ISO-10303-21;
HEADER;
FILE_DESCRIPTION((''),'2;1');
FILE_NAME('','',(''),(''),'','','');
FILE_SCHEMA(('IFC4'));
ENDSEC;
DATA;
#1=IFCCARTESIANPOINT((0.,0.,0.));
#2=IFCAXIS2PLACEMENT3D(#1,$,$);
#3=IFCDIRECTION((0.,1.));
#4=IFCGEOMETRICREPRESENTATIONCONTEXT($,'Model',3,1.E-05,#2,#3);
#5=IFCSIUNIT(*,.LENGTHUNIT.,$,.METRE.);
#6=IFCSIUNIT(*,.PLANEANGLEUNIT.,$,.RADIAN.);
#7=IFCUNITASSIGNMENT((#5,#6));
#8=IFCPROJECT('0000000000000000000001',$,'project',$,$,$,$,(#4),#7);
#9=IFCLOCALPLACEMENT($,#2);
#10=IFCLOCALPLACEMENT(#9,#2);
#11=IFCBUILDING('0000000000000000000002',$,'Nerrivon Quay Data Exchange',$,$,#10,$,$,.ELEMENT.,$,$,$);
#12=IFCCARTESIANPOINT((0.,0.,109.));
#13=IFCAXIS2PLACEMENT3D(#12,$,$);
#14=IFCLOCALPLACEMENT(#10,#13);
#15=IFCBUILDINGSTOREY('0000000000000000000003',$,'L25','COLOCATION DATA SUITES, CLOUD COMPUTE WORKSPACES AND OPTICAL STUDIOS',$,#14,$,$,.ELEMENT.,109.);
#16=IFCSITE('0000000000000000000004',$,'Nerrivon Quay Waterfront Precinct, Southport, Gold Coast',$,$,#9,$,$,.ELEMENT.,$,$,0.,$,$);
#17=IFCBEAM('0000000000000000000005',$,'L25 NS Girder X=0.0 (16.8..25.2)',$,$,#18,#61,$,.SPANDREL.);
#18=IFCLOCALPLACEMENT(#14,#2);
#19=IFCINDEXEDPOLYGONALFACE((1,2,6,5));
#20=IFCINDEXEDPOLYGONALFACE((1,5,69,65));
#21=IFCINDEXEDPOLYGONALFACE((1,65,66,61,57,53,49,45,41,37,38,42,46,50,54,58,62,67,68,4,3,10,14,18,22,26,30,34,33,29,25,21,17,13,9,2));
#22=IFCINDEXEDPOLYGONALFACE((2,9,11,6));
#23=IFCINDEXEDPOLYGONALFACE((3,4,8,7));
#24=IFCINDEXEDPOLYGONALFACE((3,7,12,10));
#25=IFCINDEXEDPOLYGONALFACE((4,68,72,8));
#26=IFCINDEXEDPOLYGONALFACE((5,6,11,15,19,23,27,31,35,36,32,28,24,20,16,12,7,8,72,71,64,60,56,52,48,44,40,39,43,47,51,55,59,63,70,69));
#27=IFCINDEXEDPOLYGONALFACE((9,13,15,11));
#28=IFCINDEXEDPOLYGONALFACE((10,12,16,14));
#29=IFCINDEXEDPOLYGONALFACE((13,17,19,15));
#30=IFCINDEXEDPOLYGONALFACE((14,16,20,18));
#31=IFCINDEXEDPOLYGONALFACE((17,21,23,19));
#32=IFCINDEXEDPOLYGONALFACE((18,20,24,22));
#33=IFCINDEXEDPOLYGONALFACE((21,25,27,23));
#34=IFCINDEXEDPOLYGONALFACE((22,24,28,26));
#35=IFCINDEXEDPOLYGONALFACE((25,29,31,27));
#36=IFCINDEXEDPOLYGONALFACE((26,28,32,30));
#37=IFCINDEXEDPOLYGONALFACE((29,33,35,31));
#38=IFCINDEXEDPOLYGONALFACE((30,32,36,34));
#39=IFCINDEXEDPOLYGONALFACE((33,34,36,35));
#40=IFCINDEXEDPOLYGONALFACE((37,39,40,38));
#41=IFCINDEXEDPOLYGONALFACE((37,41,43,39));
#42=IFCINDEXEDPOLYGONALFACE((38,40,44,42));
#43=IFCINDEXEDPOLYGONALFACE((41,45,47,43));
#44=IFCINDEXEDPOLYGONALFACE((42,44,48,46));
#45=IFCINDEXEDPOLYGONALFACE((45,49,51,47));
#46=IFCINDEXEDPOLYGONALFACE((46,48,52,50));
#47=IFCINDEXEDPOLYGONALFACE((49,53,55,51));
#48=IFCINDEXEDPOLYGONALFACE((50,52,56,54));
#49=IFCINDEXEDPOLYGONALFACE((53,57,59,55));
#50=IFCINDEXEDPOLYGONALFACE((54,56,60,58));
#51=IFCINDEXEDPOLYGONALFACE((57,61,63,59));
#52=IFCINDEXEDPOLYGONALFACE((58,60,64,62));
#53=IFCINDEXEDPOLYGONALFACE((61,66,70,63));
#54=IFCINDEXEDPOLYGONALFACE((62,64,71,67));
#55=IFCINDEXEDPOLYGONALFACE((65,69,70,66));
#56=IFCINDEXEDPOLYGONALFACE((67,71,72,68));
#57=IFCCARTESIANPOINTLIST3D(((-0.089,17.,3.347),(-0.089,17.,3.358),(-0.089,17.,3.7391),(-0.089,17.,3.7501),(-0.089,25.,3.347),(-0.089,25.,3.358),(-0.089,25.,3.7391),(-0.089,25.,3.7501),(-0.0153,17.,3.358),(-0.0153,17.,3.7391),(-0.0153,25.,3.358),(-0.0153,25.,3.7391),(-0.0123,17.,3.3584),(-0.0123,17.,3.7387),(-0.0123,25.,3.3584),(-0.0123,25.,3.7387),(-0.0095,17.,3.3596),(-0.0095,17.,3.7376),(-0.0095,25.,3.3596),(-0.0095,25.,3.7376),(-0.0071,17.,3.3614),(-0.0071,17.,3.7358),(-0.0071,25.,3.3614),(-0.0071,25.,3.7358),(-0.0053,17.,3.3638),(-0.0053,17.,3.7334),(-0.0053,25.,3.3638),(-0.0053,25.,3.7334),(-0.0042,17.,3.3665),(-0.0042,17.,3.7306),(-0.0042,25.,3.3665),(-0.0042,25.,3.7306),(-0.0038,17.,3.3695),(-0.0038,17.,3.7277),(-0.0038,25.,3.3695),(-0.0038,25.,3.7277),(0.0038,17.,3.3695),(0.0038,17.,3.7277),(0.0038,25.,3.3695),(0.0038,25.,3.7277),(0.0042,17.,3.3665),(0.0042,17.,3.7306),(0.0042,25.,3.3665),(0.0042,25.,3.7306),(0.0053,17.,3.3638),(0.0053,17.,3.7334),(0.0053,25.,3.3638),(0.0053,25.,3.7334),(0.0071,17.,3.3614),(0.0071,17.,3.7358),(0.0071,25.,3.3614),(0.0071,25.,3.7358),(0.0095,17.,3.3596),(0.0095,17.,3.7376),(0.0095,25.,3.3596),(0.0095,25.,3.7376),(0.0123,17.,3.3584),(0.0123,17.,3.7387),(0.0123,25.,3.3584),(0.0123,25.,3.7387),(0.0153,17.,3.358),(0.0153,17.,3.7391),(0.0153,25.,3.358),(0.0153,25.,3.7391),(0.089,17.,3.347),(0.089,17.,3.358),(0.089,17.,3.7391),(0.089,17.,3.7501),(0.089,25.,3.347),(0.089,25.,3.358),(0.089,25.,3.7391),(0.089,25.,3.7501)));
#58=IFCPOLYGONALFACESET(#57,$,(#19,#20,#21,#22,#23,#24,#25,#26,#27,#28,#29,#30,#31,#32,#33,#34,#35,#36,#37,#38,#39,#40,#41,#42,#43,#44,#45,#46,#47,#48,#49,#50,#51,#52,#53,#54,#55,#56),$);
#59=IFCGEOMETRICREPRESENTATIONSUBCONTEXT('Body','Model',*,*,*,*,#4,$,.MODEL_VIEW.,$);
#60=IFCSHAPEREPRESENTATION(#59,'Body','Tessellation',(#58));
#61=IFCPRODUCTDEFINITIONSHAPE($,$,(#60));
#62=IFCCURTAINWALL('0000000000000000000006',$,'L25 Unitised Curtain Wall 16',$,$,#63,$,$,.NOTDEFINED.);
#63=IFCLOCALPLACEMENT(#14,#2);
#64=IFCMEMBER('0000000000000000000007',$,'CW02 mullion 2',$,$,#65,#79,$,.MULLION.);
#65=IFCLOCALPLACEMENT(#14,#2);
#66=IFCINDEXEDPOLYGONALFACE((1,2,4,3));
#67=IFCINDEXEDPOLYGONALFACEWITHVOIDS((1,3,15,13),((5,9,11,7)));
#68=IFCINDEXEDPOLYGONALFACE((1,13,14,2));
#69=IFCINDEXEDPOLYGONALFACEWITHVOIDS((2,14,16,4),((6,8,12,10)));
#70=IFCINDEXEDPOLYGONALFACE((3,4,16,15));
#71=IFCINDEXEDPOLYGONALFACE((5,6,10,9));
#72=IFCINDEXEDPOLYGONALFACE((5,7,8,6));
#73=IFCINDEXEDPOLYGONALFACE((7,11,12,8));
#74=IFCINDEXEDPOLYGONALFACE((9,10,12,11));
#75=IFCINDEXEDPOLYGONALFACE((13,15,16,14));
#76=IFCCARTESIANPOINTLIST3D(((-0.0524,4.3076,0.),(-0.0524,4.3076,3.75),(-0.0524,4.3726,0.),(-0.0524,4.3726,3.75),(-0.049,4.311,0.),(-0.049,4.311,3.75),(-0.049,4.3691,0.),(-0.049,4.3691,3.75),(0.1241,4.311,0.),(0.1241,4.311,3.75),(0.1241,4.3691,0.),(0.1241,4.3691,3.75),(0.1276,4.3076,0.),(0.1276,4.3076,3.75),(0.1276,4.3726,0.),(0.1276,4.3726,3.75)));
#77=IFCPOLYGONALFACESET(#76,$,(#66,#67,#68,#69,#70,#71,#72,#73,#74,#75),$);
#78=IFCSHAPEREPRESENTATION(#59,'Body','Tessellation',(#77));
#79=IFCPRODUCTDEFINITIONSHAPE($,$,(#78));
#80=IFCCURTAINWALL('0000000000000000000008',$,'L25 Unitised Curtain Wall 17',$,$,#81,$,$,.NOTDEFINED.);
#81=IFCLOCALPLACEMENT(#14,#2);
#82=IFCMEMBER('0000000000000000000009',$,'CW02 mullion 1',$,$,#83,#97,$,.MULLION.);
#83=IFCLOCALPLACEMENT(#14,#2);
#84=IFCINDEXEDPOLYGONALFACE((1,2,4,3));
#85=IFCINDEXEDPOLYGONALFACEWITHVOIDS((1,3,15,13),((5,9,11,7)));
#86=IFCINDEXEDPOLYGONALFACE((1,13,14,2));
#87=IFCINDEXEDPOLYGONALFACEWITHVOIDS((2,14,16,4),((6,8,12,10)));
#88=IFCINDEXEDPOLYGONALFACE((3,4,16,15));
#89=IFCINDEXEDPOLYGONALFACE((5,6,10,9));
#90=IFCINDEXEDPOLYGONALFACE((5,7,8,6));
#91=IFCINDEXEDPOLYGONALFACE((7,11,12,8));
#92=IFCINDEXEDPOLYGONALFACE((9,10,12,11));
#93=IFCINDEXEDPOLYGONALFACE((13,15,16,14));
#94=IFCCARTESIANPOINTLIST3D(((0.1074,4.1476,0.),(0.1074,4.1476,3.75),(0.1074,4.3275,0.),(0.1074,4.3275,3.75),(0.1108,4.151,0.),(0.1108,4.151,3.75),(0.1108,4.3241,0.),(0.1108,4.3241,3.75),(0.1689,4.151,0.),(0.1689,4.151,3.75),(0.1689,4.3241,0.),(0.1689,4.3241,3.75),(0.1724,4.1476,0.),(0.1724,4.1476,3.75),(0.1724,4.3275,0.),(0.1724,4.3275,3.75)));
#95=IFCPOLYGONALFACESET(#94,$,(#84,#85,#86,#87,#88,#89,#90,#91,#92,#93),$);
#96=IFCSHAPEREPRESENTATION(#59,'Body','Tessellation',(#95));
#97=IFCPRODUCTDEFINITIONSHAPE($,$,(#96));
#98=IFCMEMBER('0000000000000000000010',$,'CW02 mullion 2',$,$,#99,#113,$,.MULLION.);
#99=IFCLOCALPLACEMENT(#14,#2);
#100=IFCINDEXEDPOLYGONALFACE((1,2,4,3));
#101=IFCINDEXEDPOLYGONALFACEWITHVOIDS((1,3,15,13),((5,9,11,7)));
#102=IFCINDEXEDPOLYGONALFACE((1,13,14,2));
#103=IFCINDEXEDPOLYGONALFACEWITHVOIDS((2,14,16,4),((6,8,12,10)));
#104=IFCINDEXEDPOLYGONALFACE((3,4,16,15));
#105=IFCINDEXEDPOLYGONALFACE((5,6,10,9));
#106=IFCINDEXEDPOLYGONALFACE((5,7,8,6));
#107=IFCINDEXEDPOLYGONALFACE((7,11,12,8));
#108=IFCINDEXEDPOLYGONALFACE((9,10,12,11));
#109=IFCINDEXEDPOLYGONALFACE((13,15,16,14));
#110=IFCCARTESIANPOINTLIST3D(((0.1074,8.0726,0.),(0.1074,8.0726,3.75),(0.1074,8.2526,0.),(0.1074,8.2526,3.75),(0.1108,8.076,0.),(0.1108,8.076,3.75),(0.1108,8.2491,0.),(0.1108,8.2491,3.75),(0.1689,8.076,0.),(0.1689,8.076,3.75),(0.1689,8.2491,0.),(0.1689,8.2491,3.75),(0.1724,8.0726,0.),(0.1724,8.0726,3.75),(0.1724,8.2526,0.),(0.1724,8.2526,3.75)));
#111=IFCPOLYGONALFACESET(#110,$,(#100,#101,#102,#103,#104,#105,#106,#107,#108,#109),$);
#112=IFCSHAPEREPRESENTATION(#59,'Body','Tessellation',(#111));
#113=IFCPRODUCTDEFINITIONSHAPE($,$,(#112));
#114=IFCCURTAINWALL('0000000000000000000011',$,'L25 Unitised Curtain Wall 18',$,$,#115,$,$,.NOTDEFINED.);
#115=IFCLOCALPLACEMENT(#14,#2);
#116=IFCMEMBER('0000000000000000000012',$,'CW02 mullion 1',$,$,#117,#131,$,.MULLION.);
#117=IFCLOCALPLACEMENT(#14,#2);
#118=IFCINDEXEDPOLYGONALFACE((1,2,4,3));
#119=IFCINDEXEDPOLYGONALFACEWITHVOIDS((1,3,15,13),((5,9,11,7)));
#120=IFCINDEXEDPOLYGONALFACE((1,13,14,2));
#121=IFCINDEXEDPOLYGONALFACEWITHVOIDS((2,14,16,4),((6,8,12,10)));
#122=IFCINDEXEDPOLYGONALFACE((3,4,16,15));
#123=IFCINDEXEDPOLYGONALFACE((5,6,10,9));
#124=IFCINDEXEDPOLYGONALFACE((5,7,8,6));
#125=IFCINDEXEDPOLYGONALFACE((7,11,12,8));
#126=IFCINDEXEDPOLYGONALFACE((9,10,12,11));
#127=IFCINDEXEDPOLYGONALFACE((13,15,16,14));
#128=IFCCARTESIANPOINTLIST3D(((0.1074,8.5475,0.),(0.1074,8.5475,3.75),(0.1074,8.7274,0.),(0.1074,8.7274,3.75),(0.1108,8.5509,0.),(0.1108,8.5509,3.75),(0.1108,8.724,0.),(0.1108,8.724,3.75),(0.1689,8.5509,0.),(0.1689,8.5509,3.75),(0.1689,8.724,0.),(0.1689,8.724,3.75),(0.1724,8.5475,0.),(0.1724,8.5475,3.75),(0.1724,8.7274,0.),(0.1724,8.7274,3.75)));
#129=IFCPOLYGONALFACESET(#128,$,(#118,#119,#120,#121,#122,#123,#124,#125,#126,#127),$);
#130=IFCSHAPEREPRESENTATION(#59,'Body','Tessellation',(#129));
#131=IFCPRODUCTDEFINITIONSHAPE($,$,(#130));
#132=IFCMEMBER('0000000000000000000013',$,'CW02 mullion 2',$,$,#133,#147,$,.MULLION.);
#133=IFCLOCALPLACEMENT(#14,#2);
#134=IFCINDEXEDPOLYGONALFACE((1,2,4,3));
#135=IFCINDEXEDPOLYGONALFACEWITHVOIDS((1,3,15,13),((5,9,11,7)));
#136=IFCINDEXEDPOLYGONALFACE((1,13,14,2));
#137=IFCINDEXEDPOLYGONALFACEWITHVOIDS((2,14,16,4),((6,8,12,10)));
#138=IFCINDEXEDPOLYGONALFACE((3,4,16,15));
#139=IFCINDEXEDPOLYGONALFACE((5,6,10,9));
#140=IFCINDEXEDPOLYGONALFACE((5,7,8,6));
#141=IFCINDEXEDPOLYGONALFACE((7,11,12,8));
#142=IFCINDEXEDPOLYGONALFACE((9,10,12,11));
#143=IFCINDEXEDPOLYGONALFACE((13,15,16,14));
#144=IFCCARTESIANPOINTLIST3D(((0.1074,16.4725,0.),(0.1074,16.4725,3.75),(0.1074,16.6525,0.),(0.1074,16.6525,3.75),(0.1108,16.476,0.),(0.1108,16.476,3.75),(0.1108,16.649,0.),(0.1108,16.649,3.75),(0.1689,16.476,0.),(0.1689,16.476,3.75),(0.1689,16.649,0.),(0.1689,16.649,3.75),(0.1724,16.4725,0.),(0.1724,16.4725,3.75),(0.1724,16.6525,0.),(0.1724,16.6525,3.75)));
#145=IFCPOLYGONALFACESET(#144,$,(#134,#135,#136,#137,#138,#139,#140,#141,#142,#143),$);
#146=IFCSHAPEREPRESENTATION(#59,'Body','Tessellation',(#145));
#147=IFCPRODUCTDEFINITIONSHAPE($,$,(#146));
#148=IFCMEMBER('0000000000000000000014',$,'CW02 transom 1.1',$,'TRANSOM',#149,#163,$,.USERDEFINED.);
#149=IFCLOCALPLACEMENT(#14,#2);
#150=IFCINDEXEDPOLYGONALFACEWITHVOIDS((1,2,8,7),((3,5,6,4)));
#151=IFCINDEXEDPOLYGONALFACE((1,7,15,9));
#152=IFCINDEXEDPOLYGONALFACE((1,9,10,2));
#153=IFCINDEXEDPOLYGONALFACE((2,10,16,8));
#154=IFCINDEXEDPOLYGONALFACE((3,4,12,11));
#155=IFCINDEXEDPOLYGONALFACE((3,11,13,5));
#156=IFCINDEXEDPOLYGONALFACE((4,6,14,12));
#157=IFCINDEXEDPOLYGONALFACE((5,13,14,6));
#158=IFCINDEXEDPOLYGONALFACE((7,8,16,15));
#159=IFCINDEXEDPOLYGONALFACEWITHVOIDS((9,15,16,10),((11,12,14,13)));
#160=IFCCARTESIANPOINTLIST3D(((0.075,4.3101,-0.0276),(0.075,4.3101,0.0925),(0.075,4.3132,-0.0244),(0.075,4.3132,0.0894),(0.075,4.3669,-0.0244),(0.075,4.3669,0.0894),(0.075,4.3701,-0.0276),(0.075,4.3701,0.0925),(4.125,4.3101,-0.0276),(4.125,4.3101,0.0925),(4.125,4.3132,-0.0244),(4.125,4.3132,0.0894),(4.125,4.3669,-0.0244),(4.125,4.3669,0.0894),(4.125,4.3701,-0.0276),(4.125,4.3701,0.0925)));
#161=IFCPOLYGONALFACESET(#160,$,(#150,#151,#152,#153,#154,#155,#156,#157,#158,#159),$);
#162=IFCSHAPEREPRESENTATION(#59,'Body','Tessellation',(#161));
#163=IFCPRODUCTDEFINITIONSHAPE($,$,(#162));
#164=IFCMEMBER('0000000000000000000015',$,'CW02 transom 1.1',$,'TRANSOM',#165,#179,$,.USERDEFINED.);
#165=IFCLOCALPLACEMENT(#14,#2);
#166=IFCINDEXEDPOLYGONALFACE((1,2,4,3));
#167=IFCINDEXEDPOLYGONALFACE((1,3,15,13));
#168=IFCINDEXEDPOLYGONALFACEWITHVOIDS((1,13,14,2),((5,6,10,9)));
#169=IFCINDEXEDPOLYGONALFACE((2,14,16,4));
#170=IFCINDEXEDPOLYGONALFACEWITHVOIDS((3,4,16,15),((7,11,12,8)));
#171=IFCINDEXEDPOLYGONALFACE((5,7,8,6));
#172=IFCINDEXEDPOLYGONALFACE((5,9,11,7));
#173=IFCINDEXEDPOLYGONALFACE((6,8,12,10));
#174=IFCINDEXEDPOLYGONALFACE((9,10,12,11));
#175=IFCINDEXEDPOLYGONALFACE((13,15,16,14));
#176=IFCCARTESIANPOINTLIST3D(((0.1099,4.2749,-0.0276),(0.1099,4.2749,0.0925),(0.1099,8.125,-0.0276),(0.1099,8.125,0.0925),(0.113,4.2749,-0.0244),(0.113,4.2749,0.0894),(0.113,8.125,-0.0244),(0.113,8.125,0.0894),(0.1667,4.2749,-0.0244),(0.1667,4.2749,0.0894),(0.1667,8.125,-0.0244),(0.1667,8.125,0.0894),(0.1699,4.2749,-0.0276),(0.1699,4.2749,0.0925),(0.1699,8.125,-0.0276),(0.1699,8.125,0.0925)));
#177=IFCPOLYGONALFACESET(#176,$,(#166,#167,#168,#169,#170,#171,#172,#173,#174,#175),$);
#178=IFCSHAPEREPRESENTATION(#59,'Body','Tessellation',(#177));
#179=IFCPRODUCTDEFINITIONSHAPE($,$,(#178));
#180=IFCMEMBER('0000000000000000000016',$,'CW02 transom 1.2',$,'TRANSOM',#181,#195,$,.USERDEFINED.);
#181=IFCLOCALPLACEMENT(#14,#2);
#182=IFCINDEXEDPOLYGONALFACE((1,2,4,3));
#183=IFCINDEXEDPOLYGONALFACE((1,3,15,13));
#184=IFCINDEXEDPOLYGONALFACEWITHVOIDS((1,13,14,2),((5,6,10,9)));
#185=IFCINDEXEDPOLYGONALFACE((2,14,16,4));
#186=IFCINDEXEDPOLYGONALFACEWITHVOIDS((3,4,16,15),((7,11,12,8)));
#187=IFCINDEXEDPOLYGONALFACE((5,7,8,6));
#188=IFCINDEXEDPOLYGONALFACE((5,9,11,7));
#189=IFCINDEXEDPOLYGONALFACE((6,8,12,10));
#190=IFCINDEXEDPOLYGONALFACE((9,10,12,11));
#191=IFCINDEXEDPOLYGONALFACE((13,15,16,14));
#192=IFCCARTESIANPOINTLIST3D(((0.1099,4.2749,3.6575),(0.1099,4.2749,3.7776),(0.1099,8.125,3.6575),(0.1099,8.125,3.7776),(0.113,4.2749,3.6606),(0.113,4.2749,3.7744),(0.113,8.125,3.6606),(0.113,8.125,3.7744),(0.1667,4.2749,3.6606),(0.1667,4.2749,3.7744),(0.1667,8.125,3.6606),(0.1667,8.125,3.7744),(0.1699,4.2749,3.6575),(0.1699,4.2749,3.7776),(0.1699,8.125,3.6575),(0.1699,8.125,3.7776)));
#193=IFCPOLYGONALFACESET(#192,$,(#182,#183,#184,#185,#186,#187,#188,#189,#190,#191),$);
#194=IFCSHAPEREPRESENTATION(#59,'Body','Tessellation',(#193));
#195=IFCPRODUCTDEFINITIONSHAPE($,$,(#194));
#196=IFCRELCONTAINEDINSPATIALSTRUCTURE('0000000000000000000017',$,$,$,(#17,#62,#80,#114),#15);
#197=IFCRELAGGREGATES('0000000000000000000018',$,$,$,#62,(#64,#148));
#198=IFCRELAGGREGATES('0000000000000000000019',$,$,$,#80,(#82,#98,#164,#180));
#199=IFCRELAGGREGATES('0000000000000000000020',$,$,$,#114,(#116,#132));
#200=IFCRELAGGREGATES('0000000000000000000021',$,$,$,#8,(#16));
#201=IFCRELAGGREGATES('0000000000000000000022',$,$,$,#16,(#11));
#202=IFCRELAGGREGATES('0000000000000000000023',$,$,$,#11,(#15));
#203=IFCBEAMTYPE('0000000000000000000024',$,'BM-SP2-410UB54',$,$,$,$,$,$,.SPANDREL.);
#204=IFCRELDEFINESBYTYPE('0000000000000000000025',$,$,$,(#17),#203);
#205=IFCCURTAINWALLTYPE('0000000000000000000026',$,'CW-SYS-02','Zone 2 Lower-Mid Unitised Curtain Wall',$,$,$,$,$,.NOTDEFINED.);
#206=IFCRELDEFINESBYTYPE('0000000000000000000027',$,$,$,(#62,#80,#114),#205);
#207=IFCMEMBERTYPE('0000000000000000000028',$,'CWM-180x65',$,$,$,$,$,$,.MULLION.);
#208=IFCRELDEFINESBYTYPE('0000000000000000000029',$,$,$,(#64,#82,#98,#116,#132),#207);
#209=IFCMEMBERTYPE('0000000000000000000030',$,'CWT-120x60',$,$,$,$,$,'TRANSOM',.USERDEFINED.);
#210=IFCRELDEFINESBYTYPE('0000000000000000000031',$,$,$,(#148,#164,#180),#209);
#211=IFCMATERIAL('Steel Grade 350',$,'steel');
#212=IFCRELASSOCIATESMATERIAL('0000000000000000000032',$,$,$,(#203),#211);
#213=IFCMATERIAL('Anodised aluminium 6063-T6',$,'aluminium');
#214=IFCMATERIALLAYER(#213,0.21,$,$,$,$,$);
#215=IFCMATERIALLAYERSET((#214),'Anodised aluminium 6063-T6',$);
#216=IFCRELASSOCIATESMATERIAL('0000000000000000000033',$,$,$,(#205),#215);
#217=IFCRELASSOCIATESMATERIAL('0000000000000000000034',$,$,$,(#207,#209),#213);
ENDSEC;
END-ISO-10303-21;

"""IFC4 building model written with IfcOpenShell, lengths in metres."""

from ifc_helpers import new_model, si_unit, direction, frame, origin, origin_2d, place, context, subcontext, project, spatial, hollow_rectangle, i_section, extrude, material, layer, layer_set, material_profile, profile_set, type_object, element, aggregate, save


model = new_model("IFC4")

# Units and contexts
model_context = context("Model", 3, precision=1e-05, world=origin(), true_north=direction((0.0, 1.0)))
body_context = subcontext(model_context, "Body", "Model", "MODEL_VIEW")
ifc_project = project(units=[si_unit("LENGTHUNIT", "METRE"), si_unit("PLANEANGLEUNIT", "RADIAN")], contexts=[model_context])

# Site, building, storey
site_placement = place(None, origin())
site = spatial("IfcSite", under=ifc_project, at=site_placement, Name="Nerrivon Quay Waterfront Precinct, Southport, Gold Coast", CompositionType="ELEMENT", RefElevation=0.0)
building_placement = place(site_placement, origin())
building = spatial("IfcBuilding", under=site, at=building_placement, Name="Nerrivon Quay Data Exchange", CompositionType="ELEMENT")
storey_placement = place(building_placement, frame((0.0, 0.0, 109.0)))
storey = spatial("IfcBuildingStorey", under=building, at=storey_placement, Name="L25", Description="COLOCATION DATA SUITES, CLOUD COMPUTE WORKSPACES AND OPTICAL STUDIOS", CompositionType="ELEMENT", Elevation=109.0)

# Shared definitions
ifc_material_1 = material(Name="Steel Grade 350", Category="steel")

# Beam
ifc_material_profile_1 = material_profile(ifc_material_1, i_section(OverallWidth=0.178, OverallDepth=0.4031, WebThickness=0.0076, FlangeThickness=0.011, FilletRadius=0.0115, at=origin_2d()), Name="410UB53.7")
ifc_profile_set_1 = profile_set([ifc_material_profile_1], Name="Steel Grade 350")
beam_type_1 = type_object("IfcBeamType", Name="BM-SP2-410UB54", PredefinedType="SPANDREL", material=ifc_profile_set_1)
for number, where, z_axis, x_axis, name in (
    (1, (0.0, 17.0, 3.5486), (0.0, 1.0, 0.0), (-1.0, 0.0, 0.0), "L25 NS Girder X=0.0 (16.8..25.2)"),
):
    element("IfcBeam", number, at=place(storey_placement, frame(where, z_axis=z_axis, x_axis=x_axis)), inside=storey, type_object=beam_type_1, Name=name, PredefinedType="SPANDREL", context=body_context, shape_type="SweptSolid", body=[
        extrude(i_section(OverallWidth=0.178, OverallDepth=0.4031, WebThickness=0.0076, FlangeThickness=0.011, FilletRadius=0.0115, at=origin_2d()), origin(), (0.0, 0.0, 1.0), 8.0),
    ])

# Curtain wall, member
ifc_material_2 = material(Name="Anodised aluminium 6063-T6", Category="aluminium")
ifc_layer_1 = layer(ifc_material_2, 0.21)
ifc_layer_set_1 = layer_set([ifc_layer_1], Name="Anodised aluminium 6063-T6")
curtain_wall_type = type_object("IfcCurtainWallType", Name="CW-SYS-02", Description="Zone 2 Lower-Mid Unitised Curtain Wall", PredefinedType="NOTDEFINED", material=ifc_layer_set_1)
curtain_wall_1_placement = place(storey_placement, origin())
curtain_wall_1 = element("IfcCurtainWall", 2, at=curtain_wall_1_placement, inside=storey, type_object=curtain_wall_type, Name="L25 Unitised Curtain Wall 16", PredefinedType="NOTDEFINED")
ifc_material_profile_2 = material_profile(ifc_material_2, hollow_rectangle(XDim=0.0649, YDim=0.1799, WallThickness=0.0034, at=origin_2d()), Name="ALU-MULL-180x65")
ifc_profile_set_2 = profile_set([ifc_material_profile_2], Name="Anodised aluminium 6063-T6")
member_type_1 = type_object("IfcMemberType", Name="CWM-180x65", PredefinedType="MULLION", material=ifc_profile_set_2)
member_1_placement = place(storey_placement, frame((0.0376, 4.3401, 0.0), z_axis=(0.0, 0.0, 1.0), x_axis=(0.0, -1.0, 0.0)))
member_1 = element("IfcMember", 3, at=member_1_placement, type_object=member_type_1, Name="CW02 mullion 2", PredefinedType="MULLION", context=body_context, shape_type="SweptSolid", body=[
    extrude(hollow_rectangle(XDim=0.0649, YDim=0.1799, WallThickness=0.0034, at=origin_2d()), origin(), (0.0, 0.0, 1.0), 3.75),
])

# Curtain walls, members
curtain_wall_2_placement = place(storey_placement, origin())
curtain_wall_2 = element("IfcCurtainWall", 4, at=curtain_wall_2_placement, inside=storey, type_object=curtain_wall_type, Name="L25 Unitised Curtain Wall 17", PredefinedType="NOTDEFINED")
member_2_placement = place(storey_placement, frame((0.1399, 4.2375, 0.0), z_axis=(0.0, 0.0, 1.0), x_axis=(-1.0, 0.0, 0.0)))
member_2 = element("IfcMember", 5, at=member_2_placement, type_object=member_type_1, Name="CW02 mullion 1", PredefinedType="MULLION", context=body_context, shape_type="SweptSolid", body=[
    extrude(hollow_rectangle(XDim=0.0649, YDim=0.1799, WallThickness=0.0034, at=origin_2d()), origin(), (0.0, 0.0, 1.0), 3.75),
])
member_3_placement = place(storey_placement, frame((0.1399, 8.1626, 0.0), z_axis=(0.0, 0.0, 1.0), x_axis=(-1.0, 0.0, 0.0)))
member_3 = element("IfcMember", 6, at=member_3_placement, type_object=member_type_1, Name="CW02 mullion 2", PredefinedType="MULLION", context=body_context, shape_type="SweptSolid", body=[
    extrude(hollow_rectangle(XDim=0.0649, YDim=0.1799, WallThickness=0.0034, at=origin_2d()), origin(), (0.0, 0.0, 1.0), 3.75),
])
curtain_wall_3_placement = place(storey_placement, origin())
curtain_wall_3 = element("IfcCurtainWall", 7, at=curtain_wall_3_placement, inside=storey, type_object=curtain_wall_type, Name="L25 Unitised Curtain Wall 18", PredefinedType="NOTDEFINED")
member_4_placement = place(storey_placement, frame((0.1399, 8.6375, 0.0), z_axis=(0.0, 0.0, 1.0), x_axis=(-1.0, 0.0, 0.0)))
member_4 = element("IfcMember", 8, at=member_4_placement, type_object=member_type_1, Name="CW02 mullion 1", PredefinedType="MULLION", context=body_context, shape_type="SweptSolid", body=[
    extrude(hollow_rectangle(XDim=0.0649, YDim=0.1799, WallThickness=0.0034, at=origin_2d()), origin(), (0.0, 0.0, 1.0), 3.75),
])
member_5_placement = place(storey_placement, frame((0.1399, 16.5625, 0.0), z_axis=(0.0, 0.0, 1.0), x_axis=(-1.0, 0.0, 0.0)))
member_5 = element("IfcMember", 9, at=member_5_placement, type_object=member_type_1, Name="CW02 mullion 2", PredefinedType="MULLION", context=body_context, shape_type="SweptSolid", body=[
    extrude(hollow_rectangle(XDim=0.0649, YDim=0.1799, WallThickness=0.0034, at=origin_2d()), origin(), (0.0, 0.0, 1.0), 3.75),
])

# Members
ifc_material_profile_3 = material_profile(ifc_material_2, hollow_rectangle(XDim=0.0601, YDim=0.1201, WallThickness=0.0032, at=origin_2d()), Name="ALU-TRAN-120x60")
ifc_profile_set_3 = profile_set([ifc_material_profile_3], Name="Anodised aluminium 6063-T6")
member_type_2 = type_object("IfcMemberType", Name="CWT-120x60", ElementType="TRANSOM", PredefinedType="USERDEFINED", material=ifc_profile_set_3)
member_6_placement = place(storey_placement, frame((4.125, 4.3401, 0.0325), z_axis=(-1.0, 0.0, 0.0), x_axis=(0.0, -1.0, 0.0)))
member_6 = element("IfcMember", 10, at=member_6_placement, type_object=member_type_2, Name="CW02 transom 1.1", ObjectType="TRANSOM", PredefinedType="USERDEFINED", context=body_context, shape_type="SweptSolid", body=[
    extrude(hollow_rectangle(XDim=0.0601, YDim=0.1201, WallThickness=0.0032, at=origin_2d()), origin(), (0.0, 0.0, 1.0), 4.05),
])
member_7_placement = place(storey_placement, frame((0.1399, 4.2749, 0.0325), z_axis=(0.0, 1.0, 0.0), x_axis=(-1.0, 0.0, 0.0)))
member_7 = element("IfcMember", 11, at=member_7_placement, type_object=member_type_2, Name="CW02 transom 1.1", ObjectType="TRANSOM", PredefinedType="USERDEFINED", context=body_context, shape_type="SweptSolid", body=[
    extrude(hollow_rectangle(XDim=0.0601, YDim=0.1201, WallThickness=0.0032, at=origin_2d()), origin(), (0.0, 0.0, 1.0), 3.8501),
])
member_8_placement = place(storey_placement, frame((0.1399, 4.2749, 3.7175), z_axis=(0.0, 1.0, 0.0), x_axis=(-1.0, 0.0, 0.0)))
member_8 = element("IfcMember", 12, at=member_8_placement, type_object=member_type_2, Name="CW02 transom 1.2", ObjectType="TRANSOM", PredefinedType="USERDEFINED", context=body_context, shape_type="SweptSolid", body=[
    extrude(hollow_rectangle(XDim=0.0601, YDim=0.1201, WallThickness=0.0032, at=origin_2d()), origin(), (0.0, 0.0, 1.0), 3.8501),
])

aggregate(curtain_wall_1, [member_1, member_6])
aggregate(curtain_wall_2, [member_2, member_3, member_7, member_8])
aggregate(curtain_wall_3, [member_4, member_5])

save(model, "model.ifc")
